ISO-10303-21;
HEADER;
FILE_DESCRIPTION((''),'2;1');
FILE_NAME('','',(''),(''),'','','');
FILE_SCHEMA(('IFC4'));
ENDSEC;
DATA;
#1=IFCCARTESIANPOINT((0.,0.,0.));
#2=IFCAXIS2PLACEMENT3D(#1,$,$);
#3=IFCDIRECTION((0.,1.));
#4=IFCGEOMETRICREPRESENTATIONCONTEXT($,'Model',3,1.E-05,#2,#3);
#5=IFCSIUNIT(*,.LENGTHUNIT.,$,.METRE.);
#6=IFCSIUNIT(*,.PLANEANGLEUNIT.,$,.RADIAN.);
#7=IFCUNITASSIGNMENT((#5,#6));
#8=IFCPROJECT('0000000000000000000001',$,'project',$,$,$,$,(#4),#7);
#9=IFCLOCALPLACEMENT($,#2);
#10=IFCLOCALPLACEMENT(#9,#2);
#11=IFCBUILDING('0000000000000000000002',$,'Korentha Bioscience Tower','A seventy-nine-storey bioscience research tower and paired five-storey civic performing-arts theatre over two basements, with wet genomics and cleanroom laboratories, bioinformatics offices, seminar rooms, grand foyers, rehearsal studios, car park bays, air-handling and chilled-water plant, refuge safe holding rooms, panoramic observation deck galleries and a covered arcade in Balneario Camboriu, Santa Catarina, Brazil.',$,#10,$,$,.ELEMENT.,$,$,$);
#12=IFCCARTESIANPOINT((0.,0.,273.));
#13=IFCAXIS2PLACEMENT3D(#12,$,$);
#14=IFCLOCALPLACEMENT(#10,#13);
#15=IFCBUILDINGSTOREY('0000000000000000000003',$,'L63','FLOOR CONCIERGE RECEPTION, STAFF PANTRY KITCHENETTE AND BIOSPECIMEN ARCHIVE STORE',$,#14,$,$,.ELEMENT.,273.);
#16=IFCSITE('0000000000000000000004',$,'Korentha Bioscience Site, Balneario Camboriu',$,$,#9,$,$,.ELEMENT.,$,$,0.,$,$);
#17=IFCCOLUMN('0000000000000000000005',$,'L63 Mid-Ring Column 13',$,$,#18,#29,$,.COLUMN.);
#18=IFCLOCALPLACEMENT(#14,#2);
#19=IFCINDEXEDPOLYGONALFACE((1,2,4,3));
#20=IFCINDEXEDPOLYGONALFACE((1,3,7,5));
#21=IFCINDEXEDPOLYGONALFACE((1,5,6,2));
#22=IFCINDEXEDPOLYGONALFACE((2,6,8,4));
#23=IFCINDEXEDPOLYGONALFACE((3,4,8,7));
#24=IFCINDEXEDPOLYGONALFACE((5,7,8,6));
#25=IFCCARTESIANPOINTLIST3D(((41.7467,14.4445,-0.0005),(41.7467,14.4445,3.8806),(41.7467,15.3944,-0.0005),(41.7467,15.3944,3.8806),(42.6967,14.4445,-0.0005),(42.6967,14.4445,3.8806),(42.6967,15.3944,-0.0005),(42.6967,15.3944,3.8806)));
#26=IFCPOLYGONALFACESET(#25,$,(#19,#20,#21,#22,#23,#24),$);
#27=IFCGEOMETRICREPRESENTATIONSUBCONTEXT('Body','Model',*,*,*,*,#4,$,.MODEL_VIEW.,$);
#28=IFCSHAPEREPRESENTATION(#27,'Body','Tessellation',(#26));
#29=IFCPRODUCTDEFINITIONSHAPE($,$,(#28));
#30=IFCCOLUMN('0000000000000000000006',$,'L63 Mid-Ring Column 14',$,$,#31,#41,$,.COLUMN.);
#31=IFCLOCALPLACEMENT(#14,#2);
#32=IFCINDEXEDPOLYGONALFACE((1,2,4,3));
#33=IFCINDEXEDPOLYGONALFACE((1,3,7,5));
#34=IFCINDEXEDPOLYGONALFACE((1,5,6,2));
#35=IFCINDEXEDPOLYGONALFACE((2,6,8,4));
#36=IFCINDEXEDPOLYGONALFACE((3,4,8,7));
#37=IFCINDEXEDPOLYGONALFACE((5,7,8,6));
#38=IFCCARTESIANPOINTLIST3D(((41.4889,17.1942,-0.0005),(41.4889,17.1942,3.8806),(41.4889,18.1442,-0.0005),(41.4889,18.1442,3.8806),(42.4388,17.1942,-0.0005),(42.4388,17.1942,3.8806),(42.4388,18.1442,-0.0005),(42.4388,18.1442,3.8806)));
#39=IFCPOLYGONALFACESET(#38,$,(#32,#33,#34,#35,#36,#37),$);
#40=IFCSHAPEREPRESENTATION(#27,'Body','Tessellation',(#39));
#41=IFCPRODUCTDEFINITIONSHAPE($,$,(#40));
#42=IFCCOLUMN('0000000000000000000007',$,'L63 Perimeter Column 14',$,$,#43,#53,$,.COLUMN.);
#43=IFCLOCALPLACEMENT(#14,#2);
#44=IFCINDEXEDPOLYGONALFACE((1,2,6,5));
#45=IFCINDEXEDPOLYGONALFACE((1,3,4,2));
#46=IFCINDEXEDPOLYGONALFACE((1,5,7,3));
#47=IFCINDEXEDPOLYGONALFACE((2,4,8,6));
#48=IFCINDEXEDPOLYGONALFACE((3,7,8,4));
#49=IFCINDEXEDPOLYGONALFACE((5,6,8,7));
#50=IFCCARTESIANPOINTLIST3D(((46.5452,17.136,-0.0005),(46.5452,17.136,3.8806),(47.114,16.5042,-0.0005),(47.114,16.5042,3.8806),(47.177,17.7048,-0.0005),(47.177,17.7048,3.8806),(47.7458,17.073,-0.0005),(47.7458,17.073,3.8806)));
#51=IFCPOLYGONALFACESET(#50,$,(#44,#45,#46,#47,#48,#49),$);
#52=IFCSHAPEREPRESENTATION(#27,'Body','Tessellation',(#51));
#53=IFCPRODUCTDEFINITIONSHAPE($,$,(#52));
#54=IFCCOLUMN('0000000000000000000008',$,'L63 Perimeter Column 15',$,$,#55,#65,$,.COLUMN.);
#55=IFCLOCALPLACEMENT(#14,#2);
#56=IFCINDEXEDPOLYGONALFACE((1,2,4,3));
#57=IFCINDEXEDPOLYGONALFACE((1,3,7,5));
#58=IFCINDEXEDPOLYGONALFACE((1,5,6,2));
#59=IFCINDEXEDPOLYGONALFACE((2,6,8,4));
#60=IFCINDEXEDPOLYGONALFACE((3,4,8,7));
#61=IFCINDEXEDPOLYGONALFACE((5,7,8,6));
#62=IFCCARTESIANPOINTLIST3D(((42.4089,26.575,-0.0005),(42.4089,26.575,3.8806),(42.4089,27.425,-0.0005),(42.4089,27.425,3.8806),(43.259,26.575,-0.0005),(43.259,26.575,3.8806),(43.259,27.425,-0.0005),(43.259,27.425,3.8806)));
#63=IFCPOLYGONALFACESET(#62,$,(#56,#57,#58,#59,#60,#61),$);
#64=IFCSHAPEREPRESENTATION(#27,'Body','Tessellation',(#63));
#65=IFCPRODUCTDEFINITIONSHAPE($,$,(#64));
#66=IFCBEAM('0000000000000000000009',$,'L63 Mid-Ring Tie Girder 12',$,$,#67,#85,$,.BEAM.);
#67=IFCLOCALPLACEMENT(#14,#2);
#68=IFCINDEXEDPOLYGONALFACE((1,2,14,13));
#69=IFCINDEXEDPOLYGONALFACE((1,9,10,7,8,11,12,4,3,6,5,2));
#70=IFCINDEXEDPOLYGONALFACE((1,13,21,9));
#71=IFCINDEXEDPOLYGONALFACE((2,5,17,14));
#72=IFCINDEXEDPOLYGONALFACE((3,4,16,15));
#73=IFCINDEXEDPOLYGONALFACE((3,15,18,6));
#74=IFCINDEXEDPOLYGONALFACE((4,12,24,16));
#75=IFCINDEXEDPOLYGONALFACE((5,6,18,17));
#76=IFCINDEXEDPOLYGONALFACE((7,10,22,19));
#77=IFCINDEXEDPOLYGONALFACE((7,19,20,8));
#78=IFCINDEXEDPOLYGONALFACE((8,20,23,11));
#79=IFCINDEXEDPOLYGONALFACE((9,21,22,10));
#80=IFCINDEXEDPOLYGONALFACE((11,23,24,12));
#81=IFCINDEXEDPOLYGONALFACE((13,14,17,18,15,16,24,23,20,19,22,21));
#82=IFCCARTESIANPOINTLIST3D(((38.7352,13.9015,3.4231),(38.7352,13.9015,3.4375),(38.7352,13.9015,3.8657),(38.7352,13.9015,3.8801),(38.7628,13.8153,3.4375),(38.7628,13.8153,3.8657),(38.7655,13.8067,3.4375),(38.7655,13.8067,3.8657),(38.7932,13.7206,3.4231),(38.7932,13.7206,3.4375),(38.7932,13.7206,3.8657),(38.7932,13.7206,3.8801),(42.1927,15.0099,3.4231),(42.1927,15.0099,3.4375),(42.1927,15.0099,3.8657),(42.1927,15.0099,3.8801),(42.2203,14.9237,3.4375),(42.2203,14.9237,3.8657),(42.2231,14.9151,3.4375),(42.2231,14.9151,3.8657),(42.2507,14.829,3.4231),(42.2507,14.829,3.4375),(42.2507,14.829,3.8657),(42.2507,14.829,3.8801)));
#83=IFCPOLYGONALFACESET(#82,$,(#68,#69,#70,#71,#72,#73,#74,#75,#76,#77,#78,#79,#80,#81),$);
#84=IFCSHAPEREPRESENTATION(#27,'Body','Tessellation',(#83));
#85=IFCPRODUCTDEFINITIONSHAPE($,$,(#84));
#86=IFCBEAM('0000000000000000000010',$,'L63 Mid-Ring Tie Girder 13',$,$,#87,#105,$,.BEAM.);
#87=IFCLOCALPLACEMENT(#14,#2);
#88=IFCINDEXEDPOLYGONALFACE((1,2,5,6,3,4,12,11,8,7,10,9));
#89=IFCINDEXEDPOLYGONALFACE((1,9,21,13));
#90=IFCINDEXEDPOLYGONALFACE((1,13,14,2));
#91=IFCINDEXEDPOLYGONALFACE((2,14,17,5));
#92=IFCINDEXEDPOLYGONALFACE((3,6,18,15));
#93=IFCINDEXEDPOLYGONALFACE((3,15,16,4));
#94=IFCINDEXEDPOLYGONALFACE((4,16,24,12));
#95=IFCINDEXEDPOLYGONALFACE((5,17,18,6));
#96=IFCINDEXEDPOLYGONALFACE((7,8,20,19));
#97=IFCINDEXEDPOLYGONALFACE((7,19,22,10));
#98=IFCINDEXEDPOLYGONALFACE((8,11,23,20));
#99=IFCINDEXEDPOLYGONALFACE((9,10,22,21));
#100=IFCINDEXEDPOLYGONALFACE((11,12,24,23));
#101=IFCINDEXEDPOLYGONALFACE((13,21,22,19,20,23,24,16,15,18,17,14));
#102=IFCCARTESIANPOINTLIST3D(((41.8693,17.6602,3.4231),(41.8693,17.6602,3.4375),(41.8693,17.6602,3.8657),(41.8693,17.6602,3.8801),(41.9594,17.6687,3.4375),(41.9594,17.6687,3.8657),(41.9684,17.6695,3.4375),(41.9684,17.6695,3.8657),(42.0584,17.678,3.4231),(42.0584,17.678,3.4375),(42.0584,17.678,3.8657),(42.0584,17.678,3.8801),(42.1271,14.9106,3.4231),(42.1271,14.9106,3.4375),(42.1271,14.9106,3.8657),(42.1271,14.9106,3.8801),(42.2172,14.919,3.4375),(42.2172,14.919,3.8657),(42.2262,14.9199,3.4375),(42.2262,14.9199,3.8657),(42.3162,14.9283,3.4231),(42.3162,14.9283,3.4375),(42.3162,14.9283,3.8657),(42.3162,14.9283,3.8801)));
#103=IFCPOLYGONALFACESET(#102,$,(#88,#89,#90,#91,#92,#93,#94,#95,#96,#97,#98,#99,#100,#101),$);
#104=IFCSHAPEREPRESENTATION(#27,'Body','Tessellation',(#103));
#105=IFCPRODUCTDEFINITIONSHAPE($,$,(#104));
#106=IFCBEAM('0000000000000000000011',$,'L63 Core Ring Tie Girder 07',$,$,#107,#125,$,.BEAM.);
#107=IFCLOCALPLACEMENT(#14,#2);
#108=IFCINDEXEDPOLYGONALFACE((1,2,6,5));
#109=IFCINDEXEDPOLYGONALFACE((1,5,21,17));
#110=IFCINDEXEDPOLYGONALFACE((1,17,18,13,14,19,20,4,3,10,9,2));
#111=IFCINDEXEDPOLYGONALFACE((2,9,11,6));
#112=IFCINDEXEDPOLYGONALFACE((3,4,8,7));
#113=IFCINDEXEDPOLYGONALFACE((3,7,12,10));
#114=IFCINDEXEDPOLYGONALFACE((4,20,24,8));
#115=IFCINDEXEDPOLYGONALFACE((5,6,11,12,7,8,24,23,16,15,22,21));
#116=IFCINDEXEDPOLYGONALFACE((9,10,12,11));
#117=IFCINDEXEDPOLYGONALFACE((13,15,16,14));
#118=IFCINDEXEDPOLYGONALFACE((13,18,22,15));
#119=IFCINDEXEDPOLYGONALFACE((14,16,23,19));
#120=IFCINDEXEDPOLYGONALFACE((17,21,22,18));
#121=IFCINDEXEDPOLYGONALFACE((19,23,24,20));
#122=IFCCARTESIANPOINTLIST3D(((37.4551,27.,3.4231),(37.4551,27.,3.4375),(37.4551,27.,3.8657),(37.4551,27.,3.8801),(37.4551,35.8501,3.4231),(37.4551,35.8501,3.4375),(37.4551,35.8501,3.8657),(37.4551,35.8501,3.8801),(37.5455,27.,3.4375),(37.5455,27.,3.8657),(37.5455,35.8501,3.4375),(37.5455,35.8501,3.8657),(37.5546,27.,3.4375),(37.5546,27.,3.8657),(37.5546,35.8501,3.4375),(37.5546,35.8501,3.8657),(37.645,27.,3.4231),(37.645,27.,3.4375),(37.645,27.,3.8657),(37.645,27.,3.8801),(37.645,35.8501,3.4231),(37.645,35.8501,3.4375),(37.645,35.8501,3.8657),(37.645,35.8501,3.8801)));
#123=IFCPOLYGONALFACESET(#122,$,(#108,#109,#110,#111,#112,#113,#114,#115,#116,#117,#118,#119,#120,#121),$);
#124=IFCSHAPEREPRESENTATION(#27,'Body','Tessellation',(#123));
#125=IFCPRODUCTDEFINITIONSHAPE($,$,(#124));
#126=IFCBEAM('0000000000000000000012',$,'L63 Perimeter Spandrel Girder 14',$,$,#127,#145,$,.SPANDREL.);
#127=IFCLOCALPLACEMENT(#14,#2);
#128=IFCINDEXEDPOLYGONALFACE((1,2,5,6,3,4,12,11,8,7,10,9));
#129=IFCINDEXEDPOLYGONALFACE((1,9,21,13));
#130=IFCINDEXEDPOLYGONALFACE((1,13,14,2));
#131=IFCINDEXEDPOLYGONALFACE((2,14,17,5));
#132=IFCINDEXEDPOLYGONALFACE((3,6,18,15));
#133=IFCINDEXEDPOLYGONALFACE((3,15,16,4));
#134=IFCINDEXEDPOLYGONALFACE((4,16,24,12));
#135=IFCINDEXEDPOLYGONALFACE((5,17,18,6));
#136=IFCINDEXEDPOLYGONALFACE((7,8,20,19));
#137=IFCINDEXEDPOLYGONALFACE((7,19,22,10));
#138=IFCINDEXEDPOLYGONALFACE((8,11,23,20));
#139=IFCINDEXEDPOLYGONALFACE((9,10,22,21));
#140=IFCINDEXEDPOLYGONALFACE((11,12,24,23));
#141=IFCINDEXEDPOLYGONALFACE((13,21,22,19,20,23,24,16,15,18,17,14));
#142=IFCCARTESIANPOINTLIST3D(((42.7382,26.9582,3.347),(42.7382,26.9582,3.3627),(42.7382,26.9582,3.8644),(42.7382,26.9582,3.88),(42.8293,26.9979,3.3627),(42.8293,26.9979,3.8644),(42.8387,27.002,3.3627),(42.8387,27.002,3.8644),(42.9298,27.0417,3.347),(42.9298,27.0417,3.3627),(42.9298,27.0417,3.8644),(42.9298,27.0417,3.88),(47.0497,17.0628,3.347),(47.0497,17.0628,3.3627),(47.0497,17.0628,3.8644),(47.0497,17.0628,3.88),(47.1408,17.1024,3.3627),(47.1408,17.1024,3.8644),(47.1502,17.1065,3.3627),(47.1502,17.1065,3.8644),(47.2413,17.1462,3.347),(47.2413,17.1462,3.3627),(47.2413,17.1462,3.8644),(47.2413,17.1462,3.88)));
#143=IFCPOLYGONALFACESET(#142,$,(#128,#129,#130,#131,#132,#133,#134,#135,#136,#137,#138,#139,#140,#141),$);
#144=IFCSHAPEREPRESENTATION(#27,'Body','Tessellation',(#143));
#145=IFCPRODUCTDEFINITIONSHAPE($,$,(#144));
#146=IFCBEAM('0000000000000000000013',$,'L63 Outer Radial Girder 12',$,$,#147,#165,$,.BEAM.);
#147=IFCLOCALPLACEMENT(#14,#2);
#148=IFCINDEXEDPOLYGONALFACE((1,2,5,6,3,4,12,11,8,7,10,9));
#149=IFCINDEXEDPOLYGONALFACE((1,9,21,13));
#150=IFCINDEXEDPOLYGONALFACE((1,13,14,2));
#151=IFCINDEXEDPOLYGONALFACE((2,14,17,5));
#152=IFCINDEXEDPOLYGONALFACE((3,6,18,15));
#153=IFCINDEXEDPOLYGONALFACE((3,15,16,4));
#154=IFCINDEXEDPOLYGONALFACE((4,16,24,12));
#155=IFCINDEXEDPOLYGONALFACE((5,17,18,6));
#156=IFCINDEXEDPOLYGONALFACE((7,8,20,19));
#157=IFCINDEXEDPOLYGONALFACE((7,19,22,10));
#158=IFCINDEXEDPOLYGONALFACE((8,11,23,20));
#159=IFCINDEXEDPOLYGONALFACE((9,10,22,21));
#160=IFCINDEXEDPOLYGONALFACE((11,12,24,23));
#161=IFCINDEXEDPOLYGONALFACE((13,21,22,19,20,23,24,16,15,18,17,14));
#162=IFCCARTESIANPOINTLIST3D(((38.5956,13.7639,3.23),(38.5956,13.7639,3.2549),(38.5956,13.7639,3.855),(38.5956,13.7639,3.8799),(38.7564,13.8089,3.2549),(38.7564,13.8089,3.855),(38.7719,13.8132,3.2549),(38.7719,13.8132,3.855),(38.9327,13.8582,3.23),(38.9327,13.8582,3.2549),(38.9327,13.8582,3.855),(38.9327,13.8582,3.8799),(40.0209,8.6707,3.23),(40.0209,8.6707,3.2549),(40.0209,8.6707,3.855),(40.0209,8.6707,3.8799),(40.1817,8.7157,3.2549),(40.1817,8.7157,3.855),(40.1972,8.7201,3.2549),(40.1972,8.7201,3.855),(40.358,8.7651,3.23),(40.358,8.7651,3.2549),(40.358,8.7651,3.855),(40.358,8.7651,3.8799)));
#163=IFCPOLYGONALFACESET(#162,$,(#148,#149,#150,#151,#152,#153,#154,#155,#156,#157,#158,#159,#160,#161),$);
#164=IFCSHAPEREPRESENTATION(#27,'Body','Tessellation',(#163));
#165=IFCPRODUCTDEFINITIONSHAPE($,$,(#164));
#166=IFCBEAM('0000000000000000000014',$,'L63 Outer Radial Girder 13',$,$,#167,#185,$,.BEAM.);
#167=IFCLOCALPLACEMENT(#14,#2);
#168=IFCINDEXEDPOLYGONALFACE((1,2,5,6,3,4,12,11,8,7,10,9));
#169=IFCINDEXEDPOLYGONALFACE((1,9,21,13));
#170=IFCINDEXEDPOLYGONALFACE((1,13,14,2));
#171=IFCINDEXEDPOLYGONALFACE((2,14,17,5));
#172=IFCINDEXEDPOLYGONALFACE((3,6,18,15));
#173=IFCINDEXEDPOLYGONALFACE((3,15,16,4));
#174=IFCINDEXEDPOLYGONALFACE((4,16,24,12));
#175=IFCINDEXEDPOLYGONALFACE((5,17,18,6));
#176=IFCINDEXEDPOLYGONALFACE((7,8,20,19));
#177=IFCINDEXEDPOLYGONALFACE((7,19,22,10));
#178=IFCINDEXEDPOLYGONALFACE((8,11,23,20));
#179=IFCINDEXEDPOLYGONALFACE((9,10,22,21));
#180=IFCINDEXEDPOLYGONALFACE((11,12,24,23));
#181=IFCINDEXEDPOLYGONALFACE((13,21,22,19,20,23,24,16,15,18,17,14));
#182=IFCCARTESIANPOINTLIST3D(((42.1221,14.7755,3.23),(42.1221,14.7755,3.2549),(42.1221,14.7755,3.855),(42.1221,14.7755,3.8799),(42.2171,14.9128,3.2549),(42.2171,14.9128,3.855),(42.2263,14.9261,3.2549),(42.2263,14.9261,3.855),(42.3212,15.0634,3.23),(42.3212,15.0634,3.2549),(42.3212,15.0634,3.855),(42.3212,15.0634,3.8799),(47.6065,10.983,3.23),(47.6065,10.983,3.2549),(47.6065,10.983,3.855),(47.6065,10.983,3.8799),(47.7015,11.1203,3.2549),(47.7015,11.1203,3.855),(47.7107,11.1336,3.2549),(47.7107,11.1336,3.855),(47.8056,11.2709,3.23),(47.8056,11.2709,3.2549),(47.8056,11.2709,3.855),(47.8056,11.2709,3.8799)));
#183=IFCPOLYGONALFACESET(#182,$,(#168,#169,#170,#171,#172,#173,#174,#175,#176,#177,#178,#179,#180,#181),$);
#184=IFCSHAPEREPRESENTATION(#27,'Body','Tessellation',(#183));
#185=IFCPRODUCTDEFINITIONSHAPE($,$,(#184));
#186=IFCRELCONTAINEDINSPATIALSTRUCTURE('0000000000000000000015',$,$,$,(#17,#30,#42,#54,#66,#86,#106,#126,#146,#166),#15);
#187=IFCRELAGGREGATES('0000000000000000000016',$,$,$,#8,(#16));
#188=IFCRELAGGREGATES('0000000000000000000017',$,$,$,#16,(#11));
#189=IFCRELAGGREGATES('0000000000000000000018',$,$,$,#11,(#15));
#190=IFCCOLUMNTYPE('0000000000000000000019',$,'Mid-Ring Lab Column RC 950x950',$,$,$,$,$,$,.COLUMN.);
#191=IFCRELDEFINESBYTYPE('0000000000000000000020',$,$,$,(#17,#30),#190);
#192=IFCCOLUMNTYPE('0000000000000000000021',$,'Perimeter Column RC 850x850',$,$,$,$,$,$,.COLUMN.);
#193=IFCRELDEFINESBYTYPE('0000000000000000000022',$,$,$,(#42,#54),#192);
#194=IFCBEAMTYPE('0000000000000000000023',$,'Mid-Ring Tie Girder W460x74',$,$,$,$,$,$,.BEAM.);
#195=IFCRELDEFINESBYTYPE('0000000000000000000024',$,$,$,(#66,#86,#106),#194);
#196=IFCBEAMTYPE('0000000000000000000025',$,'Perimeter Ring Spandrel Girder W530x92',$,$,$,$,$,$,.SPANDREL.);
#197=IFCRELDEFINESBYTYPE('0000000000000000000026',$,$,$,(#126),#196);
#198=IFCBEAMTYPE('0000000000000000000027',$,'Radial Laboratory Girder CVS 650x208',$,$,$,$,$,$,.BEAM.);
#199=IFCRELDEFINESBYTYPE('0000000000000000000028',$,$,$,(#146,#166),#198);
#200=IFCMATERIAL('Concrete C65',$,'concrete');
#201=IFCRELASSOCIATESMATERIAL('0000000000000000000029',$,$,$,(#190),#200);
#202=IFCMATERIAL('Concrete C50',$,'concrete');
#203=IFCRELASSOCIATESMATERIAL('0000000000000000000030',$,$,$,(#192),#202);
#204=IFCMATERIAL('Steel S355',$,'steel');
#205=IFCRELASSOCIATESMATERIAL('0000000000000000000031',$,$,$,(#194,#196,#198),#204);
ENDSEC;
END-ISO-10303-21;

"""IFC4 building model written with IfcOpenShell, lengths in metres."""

from ifc_helpers import new_model, si_unit, direction, frame, origin, origin_2d, place, context, subcontext, project, spatial, rectangle, i_section, extrude, material, material_profile, profile_set, type_object, element, save


model = new_model("IFC4")

# Units and contexts
model_context = context("Model", 3, precision=1e-05, world=origin(), true_north=direction((0.0, 1.0)))
body_context = subcontext(model_context, "Body", "Model", "MODEL_VIEW")
ifc_project = project(units=[si_unit("LENGTHUNIT", "METRE"), si_unit("PLANEANGLEUNIT", "RADIAN")], contexts=[model_context])

# Site, building, storey
site_placement = place(None, origin())
site = spatial("IfcSite", under=ifc_project, at=site_placement, Name="Korentha Bioscience Site, Balneario Camboriu", CompositionType="ELEMENT", RefElevation=0.0)
building_placement = place(site_placement, origin())
building = spatial("IfcBuilding", under=site, at=building_placement, Name="Korentha Bioscience Tower", Description="A seventy-nine-storey bioscience research tower and paired five-storey civic performing-arts theatre over two basements, with wet genomics and cleanroom laboratories, bioinformatics offices, seminar rooms, grand foyers, rehearsal studios, car park bays, air-handling and chilled-water plant, refuge safe holding rooms, panoramic observation deck galleries and a covered arcade in Balneario Camboriu, Santa Catarina, Brazil.", CompositionType="ELEMENT")
storey_placement = place(building_placement, frame((0.0, 0.0, 273.0)))
storey = spatial("IfcBuildingStorey", under=building, at=storey_placement, Name="L63", Description="FLOOR CONCIERGE RECEPTION, STAFF PANTRY KITCHENETTE AND BIOSPECIMEN ARCHIVE STORE", CompositionType="ELEMENT", Elevation=273.0)

# Columns
ifc_material_1 = material(Name="Concrete C65", Category="concrete")
ifc_material_profile_1 = material_profile(ifc_material_1, rectangle(XDim=0.95, YDim=0.95, at=origin_2d()), Name="Concrete C65")
ifc_profile_set_1 = profile_set([ifc_material_profile_1], Name="Concrete C65 (COL-MR09)")
column_type_1 = type_object("IfcColumnType", Name="Mid-Ring Lab Column RC 950x950", PredefinedType="COLUMN", material=ifc_profile_set_1)
for number, where, z_axis, x_axis, name in (
    (1, (42.2217, 14.9194, -0.0005), (0.0, 0.0, 1.0), (1.0, 0.0, 0.0), "L63 Mid-Ring Column 13"),
    (2, (41.9639, 17.6692, -0.0005), (0.0, 0.0, 1.0), (1.0, 0.0, 0.0), "L63 Mid-Ring Column 14"),
):
    element("IfcColumn", number, at=place(storey_placement, frame(where, z_axis=z_axis, x_axis=x_axis)), inside=storey, type_object=column_type_1, Name=name, PredefinedType="COLUMN", context=body_context, shape_type="SweptSolid", body=[
        extrude(rectangle(XDim=0.95, YDim=0.95, at=origin_2d()), origin(), (0.0, 0.0, 1.0), 3.8811),
    ])
ifc_material_2 = material(Name="Concrete C50", Category="concrete")
ifc_material_profile_2 = material_profile(ifc_material_2, rectangle(XDim=0.8501, YDim=0.8501, at=origin_2d()), Name="Concrete C50")
ifc_profile_set_2 = profile_set([ifc_material_profile_2], Name="Concrete C50 (COL-P08)")
column_type_2 = type_object("IfcColumnType", Name="Perimeter Column RC 850x850", PredefinedType="COLUMN", material=ifc_profile_set_2)
for number, where, z_axis, x_axis, name in (
    (3, (47.1455, 17.1045, -0.0005), (0.0, 0.0, 1.0), (-0.669131, 0.743145, 0.0), "L63 Perimeter Column 14"),
    (4, (42.834, 27.0, -0.0005), (0.0, 0.0, 1.0), (0.0, 1.0, 0.0), "L63 Perimeter Column 15"),
):
    element("IfcColumn", number, at=place(storey_placement, frame(where, z_axis=z_axis, x_axis=x_axis)), inside=storey, type_object=column_type_2, Name=name, PredefinedType="COLUMN", context=body_context, shape_type="SweptSolid", body=[
        extrude(rectangle(XDim=0.8501, YDim=0.8501, at=origin_2d()), origin(), (0.0, 0.0, 1.0), 3.8811),
    ])

# Beams
ifc_material_3 = material(Name="Steel S355", Category="steel")
ifc_material_profile_3 = material_profile(ifc_material_3, i_section(OverallWidth=0.1899, OverallDepth=0.457, WebThickness=0.009, FlangeThickness=0.0144, at=origin_2d()), Name="Steel S355")
ifc_profile_set_3 = profile_set([ifc_material_profile_3], Name="Steel S355 (MB-460)")
beam_type_1 = type_object("IfcBeamType", Name="Mid-Ring Tie Girder W460x74", PredefinedType="BEAM", material=ifc_profile_set_3)
beam_1_placement = place(storey_placement, frame((38.7642, 13.811, 3.6516), z_axis=(0.952265, 0.305273, 0.0), x_axis=(-0.305273, 0.952265, 0.0)))
element("IfcBeam", 5, at=beam_1_placement, inside=storey, type_object=beam_type_1, Name="L63 Mid-Ring Tie Girder 12", PredefinedType="BEAM", context=body_context, shape_type="SweptSolid", body=[
    extrude(i_section(OverallWidth=0.1899, OverallDepth=0.457, WebThickness=0.009, FlangeThickness=0.0144, at=origin_2d()), origin(), (0.0, 0.0, 1.0), 3.6309),
])
beam_2_placement = place(storey_placement, frame((42.2217, 14.9194, 3.6516), z_axis=(-0.093349, 0.995633, 0.0), x_axis=(-0.995633, -0.093349, 0.0)))
element("IfcBeam", 6, at=beam_2_placement, inside=storey, type_object=beam_type_1, Name="L63 Mid-Ring Tie Girder 13", PredefinedType="BEAM", context=body_context, shape_type="SweptSolid", body=[
    extrude(i_section(OverallWidth=0.1899, OverallDepth=0.457, WebThickness=0.009, FlangeThickness=0.0144, at=origin_2d()), origin(), (0.0, 0.0, 1.0), 2.7617),
])
beam_3_placement = place(storey_placement, frame((37.55, 27.0, 3.6516), z_axis=(0.0, 1.0, 0.0), x_axis=(-1.0, 0.0, 0.0)))
element("IfcBeam", 7, at=beam_3_placement, inside=storey, type_object=beam_type_1, Name="L63 Core Ring Tie Girder 07", PredefinedType="BEAM", context=body_context, shape_type="SweptSolid", body=[
    extrude(i_section(OverallWidth=0.1899, OverallDepth=0.457, WebThickness=0.009, FlangeThickness=0.0144, at=origin_2d()), origin(), (0.0, 0.0, 1.0), 8.8501),
])
ifc_material_profile_4 = material_profile(ifc_material_3, i_section(OverallWidth=0.209, OverallDepth=0.533, WebThickness=0.0103, FlangeThickness=0.0156, at=origin_2d()), Name="Steel S355")
ifc_profile_set_4 = profile_set([ifc_material_profile_4], Name="Steel S355 (SB-530)")
beam_type_2 = type_object("IfcBeamType", Name="Perimeter Ring Spandrel Girder W530x92", PredefinedType="SPANDREL", material=ifc_profile_set_4)
beam_4_placement = place(storey_placement, frame((47.1455, 17.1045, 3.6135), z_axis=(-0.399437, 0.916761, 0.0), x_axis=(-0.916761, -0.399437, 0.0)))
element("IfcBeam", 8, at=beam_4_placement, inside=storey, type_object=beam_type_2, Name="L63 Perimeter Spandrel Girder 14", PredefinedType="SPANDREL", context=body_context, shape_type="SweptSolid", body=[
    extrude(i_section(OverallWidth=0.209, OverallDepth=0.533, WebThickness=0.0103, FlangeThickness=0.0156, at=origin_2d()), origin(), (0.0, 0.0, 1.0), 10.7939),
])
ifc_material_profile_5 = material_profile(ifc_material_3, i_section(OverallWidth=0.3501, OverallDepth=0.6499, WebThickness=0.0161, FlangeThickness=0.0249, at=origin_2d()), Name="Steel S355")
ifc_profile_set_5 = profile_set([ifc_material_profile_5], Name="Steel S355 (RB-650)")
beam_type_3 = type_object("IfcBeamType", Name="Radial Laboratory Girder CVS 650x208", PredefinedType="BEAM", material=ifc_profile_set_5)
beam_5_placement = place(storey_placement, frame((38.7642, 13.811, 3.5549), z_axis=(0.269486, -0.963004, 0.0), x_axis=(0.963004, 0.269486, 0.0)))
element("IfcBeam", 9, at=beam_5_placement, inside=storey, type_object=beam_type_3, Name="L63 Outer Radial Girder 12", PredefinedType="BEAM", context=body_context, shape_type="SweptSolid", body=[
    extrude(i_section(OverallWidth=0.3501, OverallDepth=0.6499, WebThickness=0.0161, FlangeThickness=0.0249, at=origin_2d()), origin(), (0.0, 0.0, 1.0), 5.2888),
])
beam_6_placement = place(storey_placement, frame((42.2217, 14.9194, 3.5549), z_axis=(0.822501, -0.568764, 0.0), x_axis=(0.568764, 0.822501, 0.0)))
element("IfcBeam", 10, at=beam_6_placement, inside=storey, type_object=beam_type_3, Name="L63 Outer Radial Girder 13", PredefinedType="BEAM", context=body_context, shape_type="SweptSolid", body=[
    extrude(i_section(OverallWidth=0.3501, OverallDepth=0.6499, WebThickness=0.0161, FlangeThickness=0.0249, at=origin_2d()), origin(), (0.0, 0.0, 1.0), 6.668),
])

save(model, "model.ifc")
